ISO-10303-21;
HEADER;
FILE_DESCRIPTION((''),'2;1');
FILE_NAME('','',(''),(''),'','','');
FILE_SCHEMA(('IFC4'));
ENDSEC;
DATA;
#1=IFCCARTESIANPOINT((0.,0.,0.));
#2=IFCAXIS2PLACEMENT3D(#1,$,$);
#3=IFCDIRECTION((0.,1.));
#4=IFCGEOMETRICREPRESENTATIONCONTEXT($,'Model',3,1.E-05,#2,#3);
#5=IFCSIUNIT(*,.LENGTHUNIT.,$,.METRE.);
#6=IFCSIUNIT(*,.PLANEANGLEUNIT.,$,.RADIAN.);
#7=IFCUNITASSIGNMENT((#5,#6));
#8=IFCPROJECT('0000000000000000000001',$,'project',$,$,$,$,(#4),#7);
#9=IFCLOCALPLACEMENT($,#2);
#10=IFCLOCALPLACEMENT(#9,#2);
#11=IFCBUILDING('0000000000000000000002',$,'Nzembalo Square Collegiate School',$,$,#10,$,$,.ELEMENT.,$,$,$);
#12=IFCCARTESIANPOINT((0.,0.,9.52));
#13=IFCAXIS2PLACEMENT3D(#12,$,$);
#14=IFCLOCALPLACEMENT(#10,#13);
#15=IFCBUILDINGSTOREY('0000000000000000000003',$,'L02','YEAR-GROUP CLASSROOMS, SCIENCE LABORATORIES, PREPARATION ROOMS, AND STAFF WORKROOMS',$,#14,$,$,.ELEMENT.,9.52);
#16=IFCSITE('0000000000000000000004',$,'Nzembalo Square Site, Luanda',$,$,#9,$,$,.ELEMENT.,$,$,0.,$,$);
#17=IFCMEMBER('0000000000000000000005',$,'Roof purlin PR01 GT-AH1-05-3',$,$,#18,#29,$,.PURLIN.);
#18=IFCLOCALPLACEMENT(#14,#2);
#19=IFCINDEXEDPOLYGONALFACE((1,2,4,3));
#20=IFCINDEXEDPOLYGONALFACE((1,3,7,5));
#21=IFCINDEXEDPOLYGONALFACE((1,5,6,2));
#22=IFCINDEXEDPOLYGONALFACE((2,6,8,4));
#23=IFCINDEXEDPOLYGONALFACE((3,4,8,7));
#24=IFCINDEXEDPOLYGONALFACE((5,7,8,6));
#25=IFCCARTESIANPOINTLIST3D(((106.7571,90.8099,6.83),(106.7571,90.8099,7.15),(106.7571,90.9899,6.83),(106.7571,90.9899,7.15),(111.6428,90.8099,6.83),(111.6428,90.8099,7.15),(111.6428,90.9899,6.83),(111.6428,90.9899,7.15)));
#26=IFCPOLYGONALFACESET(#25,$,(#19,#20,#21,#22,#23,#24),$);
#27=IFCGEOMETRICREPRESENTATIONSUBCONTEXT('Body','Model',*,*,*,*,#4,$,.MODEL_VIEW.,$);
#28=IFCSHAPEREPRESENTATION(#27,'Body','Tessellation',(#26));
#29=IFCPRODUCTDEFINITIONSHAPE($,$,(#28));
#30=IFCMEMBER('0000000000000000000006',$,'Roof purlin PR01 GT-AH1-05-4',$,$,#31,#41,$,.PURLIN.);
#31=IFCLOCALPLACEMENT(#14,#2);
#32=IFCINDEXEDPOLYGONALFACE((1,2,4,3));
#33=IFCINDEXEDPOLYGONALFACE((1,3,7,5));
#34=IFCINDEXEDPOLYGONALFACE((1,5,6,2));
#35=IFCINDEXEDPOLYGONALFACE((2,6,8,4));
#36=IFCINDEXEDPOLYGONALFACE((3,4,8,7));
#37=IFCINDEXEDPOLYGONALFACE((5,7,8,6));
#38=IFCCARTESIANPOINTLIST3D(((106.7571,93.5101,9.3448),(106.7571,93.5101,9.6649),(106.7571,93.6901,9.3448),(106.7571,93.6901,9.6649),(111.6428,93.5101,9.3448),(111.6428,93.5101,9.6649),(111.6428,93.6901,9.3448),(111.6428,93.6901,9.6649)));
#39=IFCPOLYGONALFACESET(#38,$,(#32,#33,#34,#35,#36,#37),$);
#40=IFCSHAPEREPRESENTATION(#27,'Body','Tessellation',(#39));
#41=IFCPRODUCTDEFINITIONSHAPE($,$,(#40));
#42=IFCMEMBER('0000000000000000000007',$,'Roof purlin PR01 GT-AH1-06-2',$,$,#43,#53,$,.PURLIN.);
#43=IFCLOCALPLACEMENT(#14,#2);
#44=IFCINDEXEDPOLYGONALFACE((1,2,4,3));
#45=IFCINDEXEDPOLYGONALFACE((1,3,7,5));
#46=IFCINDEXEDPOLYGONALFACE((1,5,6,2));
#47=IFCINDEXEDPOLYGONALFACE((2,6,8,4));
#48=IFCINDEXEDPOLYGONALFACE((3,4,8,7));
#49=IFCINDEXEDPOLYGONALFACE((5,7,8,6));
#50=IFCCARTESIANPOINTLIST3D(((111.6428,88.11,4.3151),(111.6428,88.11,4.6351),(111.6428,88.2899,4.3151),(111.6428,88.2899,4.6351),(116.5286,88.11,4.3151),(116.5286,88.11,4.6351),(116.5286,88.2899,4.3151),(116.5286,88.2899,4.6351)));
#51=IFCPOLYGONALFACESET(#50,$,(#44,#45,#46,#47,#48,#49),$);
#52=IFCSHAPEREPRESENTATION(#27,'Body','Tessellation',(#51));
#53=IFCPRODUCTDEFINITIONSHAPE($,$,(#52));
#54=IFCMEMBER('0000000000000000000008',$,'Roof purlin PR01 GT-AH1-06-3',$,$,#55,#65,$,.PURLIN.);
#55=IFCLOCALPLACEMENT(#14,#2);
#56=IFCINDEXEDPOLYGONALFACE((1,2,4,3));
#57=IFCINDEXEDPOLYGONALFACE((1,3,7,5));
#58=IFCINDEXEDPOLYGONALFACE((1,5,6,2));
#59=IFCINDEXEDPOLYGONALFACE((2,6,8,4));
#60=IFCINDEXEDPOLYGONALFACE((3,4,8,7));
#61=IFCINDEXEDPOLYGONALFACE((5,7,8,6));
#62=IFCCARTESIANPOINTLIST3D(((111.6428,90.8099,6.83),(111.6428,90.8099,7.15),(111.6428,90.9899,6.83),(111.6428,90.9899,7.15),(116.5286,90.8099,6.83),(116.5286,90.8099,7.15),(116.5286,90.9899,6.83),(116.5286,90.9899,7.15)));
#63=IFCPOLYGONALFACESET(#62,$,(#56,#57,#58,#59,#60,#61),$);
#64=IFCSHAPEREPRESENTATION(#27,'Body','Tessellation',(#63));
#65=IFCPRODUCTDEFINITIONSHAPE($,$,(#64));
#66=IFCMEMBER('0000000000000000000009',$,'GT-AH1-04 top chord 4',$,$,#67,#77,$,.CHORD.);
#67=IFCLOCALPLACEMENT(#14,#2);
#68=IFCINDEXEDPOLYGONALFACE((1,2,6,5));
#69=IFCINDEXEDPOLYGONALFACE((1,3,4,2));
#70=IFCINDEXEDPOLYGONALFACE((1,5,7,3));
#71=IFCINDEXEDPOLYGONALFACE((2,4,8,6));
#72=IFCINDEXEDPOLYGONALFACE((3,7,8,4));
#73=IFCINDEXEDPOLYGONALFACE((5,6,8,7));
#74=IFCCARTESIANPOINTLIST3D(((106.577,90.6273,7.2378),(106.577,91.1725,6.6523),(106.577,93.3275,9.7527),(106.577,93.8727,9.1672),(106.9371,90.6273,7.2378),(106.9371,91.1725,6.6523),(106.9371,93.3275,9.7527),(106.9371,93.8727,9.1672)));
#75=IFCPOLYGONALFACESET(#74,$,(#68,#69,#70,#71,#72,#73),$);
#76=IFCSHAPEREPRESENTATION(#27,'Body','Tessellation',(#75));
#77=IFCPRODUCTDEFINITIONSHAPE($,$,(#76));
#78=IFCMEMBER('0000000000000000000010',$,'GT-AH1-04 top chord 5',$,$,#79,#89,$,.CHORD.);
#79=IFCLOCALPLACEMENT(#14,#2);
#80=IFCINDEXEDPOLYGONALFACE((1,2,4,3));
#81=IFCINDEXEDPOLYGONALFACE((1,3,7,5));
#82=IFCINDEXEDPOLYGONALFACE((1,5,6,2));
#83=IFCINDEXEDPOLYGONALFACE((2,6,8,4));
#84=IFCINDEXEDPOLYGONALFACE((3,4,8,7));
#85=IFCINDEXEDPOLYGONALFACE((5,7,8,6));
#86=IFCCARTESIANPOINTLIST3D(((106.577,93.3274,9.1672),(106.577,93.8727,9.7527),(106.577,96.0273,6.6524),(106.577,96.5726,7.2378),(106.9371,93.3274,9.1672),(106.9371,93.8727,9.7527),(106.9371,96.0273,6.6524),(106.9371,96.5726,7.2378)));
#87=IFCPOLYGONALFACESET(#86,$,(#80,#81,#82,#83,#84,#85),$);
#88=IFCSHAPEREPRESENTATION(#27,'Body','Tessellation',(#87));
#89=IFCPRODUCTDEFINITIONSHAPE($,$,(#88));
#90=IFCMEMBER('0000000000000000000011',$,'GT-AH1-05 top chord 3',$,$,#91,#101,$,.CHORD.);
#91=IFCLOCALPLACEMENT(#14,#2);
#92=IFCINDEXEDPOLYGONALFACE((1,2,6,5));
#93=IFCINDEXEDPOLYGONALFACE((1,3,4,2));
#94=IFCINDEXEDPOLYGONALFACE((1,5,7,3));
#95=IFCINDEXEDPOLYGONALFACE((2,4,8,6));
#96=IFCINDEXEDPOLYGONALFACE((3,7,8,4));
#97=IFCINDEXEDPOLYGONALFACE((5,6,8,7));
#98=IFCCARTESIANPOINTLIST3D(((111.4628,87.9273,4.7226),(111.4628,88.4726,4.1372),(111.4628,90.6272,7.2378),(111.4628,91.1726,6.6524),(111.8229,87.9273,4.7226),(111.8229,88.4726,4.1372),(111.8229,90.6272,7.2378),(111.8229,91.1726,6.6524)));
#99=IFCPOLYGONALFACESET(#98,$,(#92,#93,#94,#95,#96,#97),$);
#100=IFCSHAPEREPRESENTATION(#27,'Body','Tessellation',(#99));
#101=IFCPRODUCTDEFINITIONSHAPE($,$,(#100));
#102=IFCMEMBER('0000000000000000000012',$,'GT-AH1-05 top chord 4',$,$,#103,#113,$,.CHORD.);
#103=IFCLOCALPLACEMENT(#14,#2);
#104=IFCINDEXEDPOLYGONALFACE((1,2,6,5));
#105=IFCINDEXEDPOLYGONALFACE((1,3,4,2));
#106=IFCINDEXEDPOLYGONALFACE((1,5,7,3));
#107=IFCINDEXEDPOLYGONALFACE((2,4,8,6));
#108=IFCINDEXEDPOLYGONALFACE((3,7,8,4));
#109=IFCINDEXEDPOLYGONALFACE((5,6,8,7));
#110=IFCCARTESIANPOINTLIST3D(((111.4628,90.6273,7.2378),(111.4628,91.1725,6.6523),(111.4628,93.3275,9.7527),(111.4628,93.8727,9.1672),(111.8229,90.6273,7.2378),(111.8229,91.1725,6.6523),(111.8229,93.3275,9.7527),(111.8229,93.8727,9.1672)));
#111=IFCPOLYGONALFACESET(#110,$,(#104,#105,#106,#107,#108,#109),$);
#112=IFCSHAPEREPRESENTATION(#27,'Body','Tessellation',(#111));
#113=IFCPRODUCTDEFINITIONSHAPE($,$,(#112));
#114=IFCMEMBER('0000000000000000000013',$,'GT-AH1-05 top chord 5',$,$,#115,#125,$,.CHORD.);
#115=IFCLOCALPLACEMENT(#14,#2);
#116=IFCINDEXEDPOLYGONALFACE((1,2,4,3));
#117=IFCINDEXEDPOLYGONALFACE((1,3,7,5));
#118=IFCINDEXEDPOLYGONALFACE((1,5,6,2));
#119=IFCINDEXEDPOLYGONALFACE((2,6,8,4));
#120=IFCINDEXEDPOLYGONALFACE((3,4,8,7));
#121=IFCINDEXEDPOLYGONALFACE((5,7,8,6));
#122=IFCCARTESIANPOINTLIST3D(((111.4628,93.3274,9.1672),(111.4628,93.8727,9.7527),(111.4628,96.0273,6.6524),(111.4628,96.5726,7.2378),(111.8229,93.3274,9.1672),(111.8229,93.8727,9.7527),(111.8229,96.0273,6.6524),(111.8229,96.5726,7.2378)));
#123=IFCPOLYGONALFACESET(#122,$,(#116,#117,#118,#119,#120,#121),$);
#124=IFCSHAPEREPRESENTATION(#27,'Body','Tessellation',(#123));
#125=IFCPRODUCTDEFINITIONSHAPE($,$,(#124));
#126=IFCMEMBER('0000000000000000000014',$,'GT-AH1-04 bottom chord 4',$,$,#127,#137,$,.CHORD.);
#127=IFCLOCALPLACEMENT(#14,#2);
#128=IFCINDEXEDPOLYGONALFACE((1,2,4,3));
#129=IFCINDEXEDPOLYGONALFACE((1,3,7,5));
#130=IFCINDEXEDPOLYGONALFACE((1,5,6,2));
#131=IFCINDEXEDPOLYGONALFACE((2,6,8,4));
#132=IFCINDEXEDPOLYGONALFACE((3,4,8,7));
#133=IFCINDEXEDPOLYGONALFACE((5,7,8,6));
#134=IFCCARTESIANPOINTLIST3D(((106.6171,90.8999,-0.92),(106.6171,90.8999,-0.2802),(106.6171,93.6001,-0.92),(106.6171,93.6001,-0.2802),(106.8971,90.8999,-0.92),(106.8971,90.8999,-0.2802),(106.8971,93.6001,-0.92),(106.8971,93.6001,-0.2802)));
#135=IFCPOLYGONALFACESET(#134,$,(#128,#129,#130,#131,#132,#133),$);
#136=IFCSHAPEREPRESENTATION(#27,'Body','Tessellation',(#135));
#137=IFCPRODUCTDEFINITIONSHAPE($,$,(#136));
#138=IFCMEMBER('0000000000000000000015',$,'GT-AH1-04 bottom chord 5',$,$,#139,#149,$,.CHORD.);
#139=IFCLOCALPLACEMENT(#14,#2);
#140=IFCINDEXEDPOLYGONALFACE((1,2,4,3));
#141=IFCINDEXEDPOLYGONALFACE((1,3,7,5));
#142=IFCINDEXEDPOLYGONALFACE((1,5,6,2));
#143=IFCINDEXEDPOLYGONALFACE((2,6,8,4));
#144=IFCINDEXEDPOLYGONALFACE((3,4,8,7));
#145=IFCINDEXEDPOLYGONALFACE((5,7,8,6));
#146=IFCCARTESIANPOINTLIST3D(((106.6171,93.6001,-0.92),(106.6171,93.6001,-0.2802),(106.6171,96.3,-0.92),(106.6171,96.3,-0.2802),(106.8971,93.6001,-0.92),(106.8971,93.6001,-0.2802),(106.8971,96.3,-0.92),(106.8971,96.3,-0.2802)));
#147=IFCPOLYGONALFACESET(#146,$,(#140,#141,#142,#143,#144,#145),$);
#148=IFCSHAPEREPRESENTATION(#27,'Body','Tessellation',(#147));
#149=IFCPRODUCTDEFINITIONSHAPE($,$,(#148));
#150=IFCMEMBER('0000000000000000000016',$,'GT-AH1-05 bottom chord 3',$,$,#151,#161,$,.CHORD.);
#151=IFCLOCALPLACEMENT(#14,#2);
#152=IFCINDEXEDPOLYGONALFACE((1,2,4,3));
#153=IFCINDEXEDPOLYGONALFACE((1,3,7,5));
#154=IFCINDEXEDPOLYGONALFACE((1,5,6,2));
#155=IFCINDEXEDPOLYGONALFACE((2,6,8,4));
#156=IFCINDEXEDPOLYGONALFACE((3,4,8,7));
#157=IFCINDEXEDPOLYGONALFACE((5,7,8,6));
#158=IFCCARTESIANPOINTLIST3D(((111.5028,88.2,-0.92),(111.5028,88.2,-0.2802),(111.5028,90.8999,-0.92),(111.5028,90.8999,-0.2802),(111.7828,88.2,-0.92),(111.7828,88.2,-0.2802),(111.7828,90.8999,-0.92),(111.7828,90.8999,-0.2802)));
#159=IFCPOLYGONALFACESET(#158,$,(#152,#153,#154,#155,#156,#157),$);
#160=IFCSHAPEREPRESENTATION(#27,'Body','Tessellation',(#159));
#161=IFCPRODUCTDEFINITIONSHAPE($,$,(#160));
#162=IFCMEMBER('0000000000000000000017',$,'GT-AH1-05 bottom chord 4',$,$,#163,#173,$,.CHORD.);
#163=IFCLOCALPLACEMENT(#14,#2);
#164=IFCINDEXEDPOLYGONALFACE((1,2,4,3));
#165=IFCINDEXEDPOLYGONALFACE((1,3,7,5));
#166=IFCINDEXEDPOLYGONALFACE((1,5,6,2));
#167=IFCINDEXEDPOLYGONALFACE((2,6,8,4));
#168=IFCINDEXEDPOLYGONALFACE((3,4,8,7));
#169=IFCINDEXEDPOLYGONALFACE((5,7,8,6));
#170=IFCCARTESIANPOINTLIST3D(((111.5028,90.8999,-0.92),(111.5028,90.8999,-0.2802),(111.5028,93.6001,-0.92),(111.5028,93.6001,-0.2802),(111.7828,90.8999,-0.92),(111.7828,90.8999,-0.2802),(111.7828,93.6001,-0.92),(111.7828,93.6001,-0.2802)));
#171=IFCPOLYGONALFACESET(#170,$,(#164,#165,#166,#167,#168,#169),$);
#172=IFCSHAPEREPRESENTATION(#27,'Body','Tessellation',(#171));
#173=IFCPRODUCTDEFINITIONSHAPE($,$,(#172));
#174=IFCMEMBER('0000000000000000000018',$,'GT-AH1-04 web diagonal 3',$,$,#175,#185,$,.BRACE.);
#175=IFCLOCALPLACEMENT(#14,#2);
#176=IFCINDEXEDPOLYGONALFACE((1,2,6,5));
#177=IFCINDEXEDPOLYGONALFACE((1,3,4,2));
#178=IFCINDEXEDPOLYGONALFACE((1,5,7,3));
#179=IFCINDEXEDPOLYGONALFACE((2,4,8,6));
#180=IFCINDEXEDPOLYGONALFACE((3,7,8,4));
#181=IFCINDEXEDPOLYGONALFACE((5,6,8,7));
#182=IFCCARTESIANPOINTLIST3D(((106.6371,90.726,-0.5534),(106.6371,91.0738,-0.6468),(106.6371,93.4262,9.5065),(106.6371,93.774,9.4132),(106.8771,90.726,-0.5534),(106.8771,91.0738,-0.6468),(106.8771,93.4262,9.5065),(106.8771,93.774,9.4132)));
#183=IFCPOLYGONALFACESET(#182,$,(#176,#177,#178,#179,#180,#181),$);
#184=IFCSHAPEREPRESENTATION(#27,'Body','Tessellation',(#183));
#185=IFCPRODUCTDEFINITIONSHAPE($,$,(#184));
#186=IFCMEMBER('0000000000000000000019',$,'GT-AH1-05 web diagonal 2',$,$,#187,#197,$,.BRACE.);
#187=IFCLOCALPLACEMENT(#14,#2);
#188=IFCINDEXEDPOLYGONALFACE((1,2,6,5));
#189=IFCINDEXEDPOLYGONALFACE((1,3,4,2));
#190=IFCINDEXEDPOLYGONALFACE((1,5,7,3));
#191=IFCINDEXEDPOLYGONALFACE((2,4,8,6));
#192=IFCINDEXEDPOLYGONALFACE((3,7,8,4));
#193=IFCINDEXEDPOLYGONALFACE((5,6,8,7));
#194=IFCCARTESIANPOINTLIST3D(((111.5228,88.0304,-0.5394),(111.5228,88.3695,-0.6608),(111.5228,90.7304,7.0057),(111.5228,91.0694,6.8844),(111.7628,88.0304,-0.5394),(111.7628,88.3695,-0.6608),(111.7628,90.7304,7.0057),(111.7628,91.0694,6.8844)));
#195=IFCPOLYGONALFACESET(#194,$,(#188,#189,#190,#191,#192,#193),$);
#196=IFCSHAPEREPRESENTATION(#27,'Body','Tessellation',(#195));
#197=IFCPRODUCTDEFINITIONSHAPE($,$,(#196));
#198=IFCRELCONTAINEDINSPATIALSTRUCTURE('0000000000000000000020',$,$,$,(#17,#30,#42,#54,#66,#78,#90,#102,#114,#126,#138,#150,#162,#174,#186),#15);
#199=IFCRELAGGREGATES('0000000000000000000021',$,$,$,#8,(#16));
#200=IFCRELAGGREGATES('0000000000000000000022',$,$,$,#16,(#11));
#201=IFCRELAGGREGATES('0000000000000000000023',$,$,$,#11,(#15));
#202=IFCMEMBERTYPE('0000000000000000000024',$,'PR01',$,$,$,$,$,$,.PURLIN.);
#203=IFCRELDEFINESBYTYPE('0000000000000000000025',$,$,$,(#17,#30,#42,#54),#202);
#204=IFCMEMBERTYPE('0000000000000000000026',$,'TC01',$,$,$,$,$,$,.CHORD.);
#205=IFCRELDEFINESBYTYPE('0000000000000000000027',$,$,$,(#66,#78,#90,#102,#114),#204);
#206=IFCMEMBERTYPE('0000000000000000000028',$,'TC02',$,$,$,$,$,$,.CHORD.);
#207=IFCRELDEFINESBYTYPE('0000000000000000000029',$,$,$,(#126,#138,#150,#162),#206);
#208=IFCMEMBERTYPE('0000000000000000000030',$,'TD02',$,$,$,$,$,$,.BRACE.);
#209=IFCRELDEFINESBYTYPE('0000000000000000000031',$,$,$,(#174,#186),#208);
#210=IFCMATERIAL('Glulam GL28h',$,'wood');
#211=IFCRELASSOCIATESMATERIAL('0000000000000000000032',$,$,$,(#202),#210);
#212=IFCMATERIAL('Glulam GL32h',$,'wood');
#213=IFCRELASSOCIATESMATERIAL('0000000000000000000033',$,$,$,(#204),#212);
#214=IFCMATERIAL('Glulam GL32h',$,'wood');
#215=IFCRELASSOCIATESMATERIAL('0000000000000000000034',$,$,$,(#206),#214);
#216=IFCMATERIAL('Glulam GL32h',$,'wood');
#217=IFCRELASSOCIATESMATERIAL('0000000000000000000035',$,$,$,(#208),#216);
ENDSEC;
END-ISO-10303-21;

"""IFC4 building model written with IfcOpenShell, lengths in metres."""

from ifc_helpers import new_model, si_unit, direction, frame, origin, origin_2d, place, context, subcontext, project, spatial, rectangle, extrude, material, material_profile, profile_set, type_object, element, save


model = new_model("IFC4")

# Units and contexts
model_context = context("Model", 3, precision=1e-05, world=origin(), true_north=direction((0.0, 1.0)))
body_context = subcontext(model_context, "Body", "Model", "MODEL_VIEW")
ifc_project = project(units=[si_unit("LENGTHUNIT", "METRE"), si_unit("PLANEANGLEUNIT", "RADIAN")], contexts=[model_context])

# Site, building, storey
site_placement = place(None, origin())
site = spatial("IfcSite", under=ifc_project, at=site_placement, Name="Nzembalo Square Site, Luanda", CompositionType="ELEMENT", RefElevation=0.0)
building_placement = place(site_placement, origin())
building = spatial("IfcBuilding", under=site, at=building_placement, Name="Nzembalo Square Collegiate School", CompositionType="ELEMENT")
storey_placement = place(building_placement, frame((0.0, 0.0, 9.52)))
storey = spatial("IfcBuildingStorey", under=building, at=storey_placement, Name="L02", Description="YEAR-GROUP CLASSROOMS, SCIENCE LABORATORIES, PREPARATION ROOMS, AND STAFF WORKROOMS", CompositionType="ELEMENT", Elevation=9.52)

# Members
ifc_material_1 = material(Name="Glulam GL28h", Category="wood")
ifc_material_profile_1 = material_profile(ifc_material_1, rectangle(XDim=0.1799, YDim=0.3201, at=origin_2d()), Name="GL28h 180x320")
ifc_profile_set_1 = profile_set([ifc_material_profile_1], Name="Glulam GL28h")
member_type_1 = type_object("IfcMemberType", Name="PR01", PredefinedType="PURLIN", material=ifc_profile_set_1)
for number, where, z_axis, x_axis, name in (
    (1, (106.7571, 90.8999, 6.99), (1.0, 0.0, 0.0), (0.0, 1.0, 0.0), "Roof purlin PR01 GT-AH1-05-3"),
    (2, (106.7571, 93.6001, 9.5049), (1.0, 0.0, 0.0), (0.0, 1.0, 0.0), "Roof purlin PR01 GT-AH1-05-4"),
    (3, (111.6428, 88.2, 4.4751), (1.0, 0.0, 0.0), (0.0, 1.0, 0.0), "Roof purlin PR01 GT-AH1-06-2"),
    (4, (111.6428, 90.8999, 6.99), (1.0, 0.0, 0.0), (0.0, 1.0, 0.0), "Roof purlin PR01 GT-AH1-06-3"),
):
    element("IfcMember", number, at=place(storey_placement, frame(where, z_axis=z_axis, x_axis=x_axis)), inside=storey, type_object=member_type_1, Name=name, PredefinedType="PURLIN", context=body_context, shape_type="SweptSolid", body=[
        extrude(rectangle(XDim=0.1799, YDim=0.3201, at=origin_2d()), origin(), (0.0, 0.0, 1.0), 4.8857),
    ])
ifc_material_2 = material(Name="Glulam GL32h", Category="wood")
ifc_material_profile_2 = material_profile(ifc_material_2, rectangle(XDim=0.3601, YDim=0.8, at=origin_2d()), Name="GL32h 360x800")
ifc_profile_set_2 = profile_set([ifc_material_profile_2], Name="Glulam GL32h")
member_type_2 = type_object("IfcMemberType", Name="TC01", PredefinedType="CHORD", material=ifc_profile_set_2)
member_1_placement = place(storey_placement, frame((106.7571, 90.8999, 6.9451), z_axis=(0.0, 0.73177, 0.681552), x_axis=(-1.0, 0.0, 0.0)))
element("IfcMember", 5, at=member_1_placement, inside=storey, type_object=member_type_2, Name="GT-AH1-04 top chord 4", PredefinedType="CHORD", context=body_context, shape_type="SweptSolid", body=[
    extrude(rectangle(XDim=0.3601, YDim=0.8, at=origin_2d()), origin(), (0.0, 0.0, 1.0), 3.6899),
])
member_2_placement = place(storey_placement, frame((106.7571, 93.6001, 9.46), z_axis=(0.0, 0.731739, -0.681585), x_axis=(-1.0, 0.0, 0.0)))
element("IfcMember", 6, at=member_2_placement, inside=storey, type_object=member_type_2, Name="GT-AH1-04 top chord 5", PredefinedType="CHORD", context=body_context, shape_type="SweptSolid", body=[
    extrude(rectangle(XDim=0.3601, YDim=0.8, at=origin_2d()), origin(), (0.0, 0.0, 1.0), 3.6897),
])
for number, where, z_axis, x_axis, name in (
    (7, (111.6428, 88.2, 4.4299), (0.0, 0.731706, 0.68162), (-1.0, 0.0, 0.0), "GT-AH1-05 top chord 3"),
    (8, (111.6428, 90.8999, 6.9451), (0.0, 0.73177, 0.681552), (-1.0, 0.0, 0.0), "GT-AH1-05 top chord 4"),
):
    element("IfcMember", number, at=place(storey_placement, frame(where, z_axis=z_axis, x_axis=x_axis)), inside=storey, type_object=member_type_2, Name=name, PredefinedType="CHORD", context=body_context, shape_type="SweptSolid", body=[
        extrude(rectangle(XDim=0.3601, YDim=0.8, at=origin_2d()), origin(), (0.0, 0.0, 1.0), 3.6899),
    ])
member_3_placement = place(storey_placement, frame((111.6428, 93.6001, 9.46), z_axis=(0.0, 0.731739, -0.681585), x_axis=(-1.0, 0.0, 0.0)))
element("IfcMember", 9, at=member_3_placement, inside=storey, type_object=member_type_2, Name="GT-AH1-05 top chord 5", PredefinedType="CHORD", context=body_context, shape_type="SweptSolid", body=[
    extrude(rectangle(XDim=0.3601, YDim=0.8, at=origin_2d()), origin(), (0.0, 0.0, 1.0), 3.6897),
])
ifc_material_3 = material(Name="Glulam GL32h", Category="wood")
ifc_material_profile_3 = material_profile(ifc_material_3, rectangle(XDim=0.28, YDim=0.6399, at=origin_2d()), Name="GL32h 280x640")
ifc_profile_set_3 = profile_set([ifc_material_profile_3], Name="Glulam GL32h")
member_type_3 = type_object("IfcMemberType", Name="TC02", PredefinedType="CHORD", material=ifc_profile_set_3)
member_4_placement = place(storey_placement, frame((106.7571, 90.8999, -0.6001), z_axis=(0.0, 1.0, 0.0), x_axis=(-1.0, 0.0, 0.0)))
element("IfcMember", 10, at=member_4_placement, inside=storey, type_object=member_type_3, Name="GT-AH1-04 bottom chord 4", PredefinedType="CHORD", context=body_context, shape_type="SweptSolid", body=[
    extrude(rectangle(XDim=0.28, YDim=0.6399, at=origin_2d()), origin(), (0.0, 0.0, 1.0), 2.7002),
])
for number, where, z_axis, x_axis, name in (
    (11, (106.7571, 93.6001, -0.6001), (0.0, 1.0, 0.0), (-1.0, 0.0, 0.0), "GT-AH1-04 bottom chord 5"),
    (12, (111.6428, 88.2, -0.6001), (0.0, 1.0, 0.0), (-1.0, 0.0, 0.0), "GT-AH1-05 bottom chord 3"),
):
    element("IfcMember", number, at=place(storey_placement, frame(where, z_axis=z_axis, x_axis=x_axis)), inside=storey, type_object=member_type_3, Name=name, PredefinedType="CHORD", context=body_context, shape_type="SweptSolid", body=[
        extrude(rectangle(XDim=0.28, YDim=0.6399, at=origin_2d()), origin(), (0.0, 0.0, 1.0), 2.7),
    ])
member_5_placement = place(storey_placement, frame((111.6428, 90.8999, -0.6001), z_axis=(0.0, 1.0, 0.0), x_axis=(-1.0, 0.0, 0.0)))
element("IfcMember", 13, at=member_5_placement, inside=storey, type_object=member_type_3, Name="GT-AH1-05 bottom chord 4", PredefinedType="CHORD", context=body_context, shape_type="SweptSolid", body=[
    extrude(rectangle(XDim=0.28, YDim=0.6399, at=origin_2d()), origin(), (0.0, 0.0, 1.0), 2.7002),
])
ifc_material_4 = material(Name="Glulam GL32h", Category="wood")
ifc_material_profile_4 = material_profile(ifc_material_4, rectangle(XDim=0.24, YDim=0.3601, at=origin_2d()), Name="GL32h 240x360")
ifc_profile_set_4 = profile_set([ifc_material_profile_4], Name="Glulam GL32h")
member_type_4 = type_object("IfcMemberType", Name="TD02", PredefinedType="BRACE", material=ifc_profile_set_4)
member_6_placement = place(storey_placement, frame((106.7571, 90.8999, -0.6001), z_axis=(0.0, 0.259232, 0.965815), x_axis=(-1.0, 0.0, 0.0)))
element("IfcMember", 14, at=member_6_placement, inside=storey, type_object=member_type_4, Name="GT-AH1-04 web diagonal 3", PredefinedType="BRACE", context=body_context, shape_type="SweptSolid", body=[
    extrude(rectangle(XDim=0.24, YDim=0.3601, at=origin_2d()), origin(), (0.0, 0.0, 1.0), 10.416),
])
member_7_placement = place(storey_placement, frame((111.6428, 88.2, -0.6001), z_axis=(0.0, 0.336917, 0.941534), x_axis=(-1.0, 0.0, 0.0)))
element("IfcMember", 15, at=member_7_placement, inside=storey, type_object=member_type_4, Name="GT-AH1-05 web diagonal 2", PredefinedType="BRACE", context=body_context, shape_type="SweptSolid", body=[
    extrude(rectangle(XDim=0.24, YDim=0.3601, at=origin_2d()), origin(), (0.0, 0.0, 1.0), 8.0137),
])

save(model, "model.ifc")
